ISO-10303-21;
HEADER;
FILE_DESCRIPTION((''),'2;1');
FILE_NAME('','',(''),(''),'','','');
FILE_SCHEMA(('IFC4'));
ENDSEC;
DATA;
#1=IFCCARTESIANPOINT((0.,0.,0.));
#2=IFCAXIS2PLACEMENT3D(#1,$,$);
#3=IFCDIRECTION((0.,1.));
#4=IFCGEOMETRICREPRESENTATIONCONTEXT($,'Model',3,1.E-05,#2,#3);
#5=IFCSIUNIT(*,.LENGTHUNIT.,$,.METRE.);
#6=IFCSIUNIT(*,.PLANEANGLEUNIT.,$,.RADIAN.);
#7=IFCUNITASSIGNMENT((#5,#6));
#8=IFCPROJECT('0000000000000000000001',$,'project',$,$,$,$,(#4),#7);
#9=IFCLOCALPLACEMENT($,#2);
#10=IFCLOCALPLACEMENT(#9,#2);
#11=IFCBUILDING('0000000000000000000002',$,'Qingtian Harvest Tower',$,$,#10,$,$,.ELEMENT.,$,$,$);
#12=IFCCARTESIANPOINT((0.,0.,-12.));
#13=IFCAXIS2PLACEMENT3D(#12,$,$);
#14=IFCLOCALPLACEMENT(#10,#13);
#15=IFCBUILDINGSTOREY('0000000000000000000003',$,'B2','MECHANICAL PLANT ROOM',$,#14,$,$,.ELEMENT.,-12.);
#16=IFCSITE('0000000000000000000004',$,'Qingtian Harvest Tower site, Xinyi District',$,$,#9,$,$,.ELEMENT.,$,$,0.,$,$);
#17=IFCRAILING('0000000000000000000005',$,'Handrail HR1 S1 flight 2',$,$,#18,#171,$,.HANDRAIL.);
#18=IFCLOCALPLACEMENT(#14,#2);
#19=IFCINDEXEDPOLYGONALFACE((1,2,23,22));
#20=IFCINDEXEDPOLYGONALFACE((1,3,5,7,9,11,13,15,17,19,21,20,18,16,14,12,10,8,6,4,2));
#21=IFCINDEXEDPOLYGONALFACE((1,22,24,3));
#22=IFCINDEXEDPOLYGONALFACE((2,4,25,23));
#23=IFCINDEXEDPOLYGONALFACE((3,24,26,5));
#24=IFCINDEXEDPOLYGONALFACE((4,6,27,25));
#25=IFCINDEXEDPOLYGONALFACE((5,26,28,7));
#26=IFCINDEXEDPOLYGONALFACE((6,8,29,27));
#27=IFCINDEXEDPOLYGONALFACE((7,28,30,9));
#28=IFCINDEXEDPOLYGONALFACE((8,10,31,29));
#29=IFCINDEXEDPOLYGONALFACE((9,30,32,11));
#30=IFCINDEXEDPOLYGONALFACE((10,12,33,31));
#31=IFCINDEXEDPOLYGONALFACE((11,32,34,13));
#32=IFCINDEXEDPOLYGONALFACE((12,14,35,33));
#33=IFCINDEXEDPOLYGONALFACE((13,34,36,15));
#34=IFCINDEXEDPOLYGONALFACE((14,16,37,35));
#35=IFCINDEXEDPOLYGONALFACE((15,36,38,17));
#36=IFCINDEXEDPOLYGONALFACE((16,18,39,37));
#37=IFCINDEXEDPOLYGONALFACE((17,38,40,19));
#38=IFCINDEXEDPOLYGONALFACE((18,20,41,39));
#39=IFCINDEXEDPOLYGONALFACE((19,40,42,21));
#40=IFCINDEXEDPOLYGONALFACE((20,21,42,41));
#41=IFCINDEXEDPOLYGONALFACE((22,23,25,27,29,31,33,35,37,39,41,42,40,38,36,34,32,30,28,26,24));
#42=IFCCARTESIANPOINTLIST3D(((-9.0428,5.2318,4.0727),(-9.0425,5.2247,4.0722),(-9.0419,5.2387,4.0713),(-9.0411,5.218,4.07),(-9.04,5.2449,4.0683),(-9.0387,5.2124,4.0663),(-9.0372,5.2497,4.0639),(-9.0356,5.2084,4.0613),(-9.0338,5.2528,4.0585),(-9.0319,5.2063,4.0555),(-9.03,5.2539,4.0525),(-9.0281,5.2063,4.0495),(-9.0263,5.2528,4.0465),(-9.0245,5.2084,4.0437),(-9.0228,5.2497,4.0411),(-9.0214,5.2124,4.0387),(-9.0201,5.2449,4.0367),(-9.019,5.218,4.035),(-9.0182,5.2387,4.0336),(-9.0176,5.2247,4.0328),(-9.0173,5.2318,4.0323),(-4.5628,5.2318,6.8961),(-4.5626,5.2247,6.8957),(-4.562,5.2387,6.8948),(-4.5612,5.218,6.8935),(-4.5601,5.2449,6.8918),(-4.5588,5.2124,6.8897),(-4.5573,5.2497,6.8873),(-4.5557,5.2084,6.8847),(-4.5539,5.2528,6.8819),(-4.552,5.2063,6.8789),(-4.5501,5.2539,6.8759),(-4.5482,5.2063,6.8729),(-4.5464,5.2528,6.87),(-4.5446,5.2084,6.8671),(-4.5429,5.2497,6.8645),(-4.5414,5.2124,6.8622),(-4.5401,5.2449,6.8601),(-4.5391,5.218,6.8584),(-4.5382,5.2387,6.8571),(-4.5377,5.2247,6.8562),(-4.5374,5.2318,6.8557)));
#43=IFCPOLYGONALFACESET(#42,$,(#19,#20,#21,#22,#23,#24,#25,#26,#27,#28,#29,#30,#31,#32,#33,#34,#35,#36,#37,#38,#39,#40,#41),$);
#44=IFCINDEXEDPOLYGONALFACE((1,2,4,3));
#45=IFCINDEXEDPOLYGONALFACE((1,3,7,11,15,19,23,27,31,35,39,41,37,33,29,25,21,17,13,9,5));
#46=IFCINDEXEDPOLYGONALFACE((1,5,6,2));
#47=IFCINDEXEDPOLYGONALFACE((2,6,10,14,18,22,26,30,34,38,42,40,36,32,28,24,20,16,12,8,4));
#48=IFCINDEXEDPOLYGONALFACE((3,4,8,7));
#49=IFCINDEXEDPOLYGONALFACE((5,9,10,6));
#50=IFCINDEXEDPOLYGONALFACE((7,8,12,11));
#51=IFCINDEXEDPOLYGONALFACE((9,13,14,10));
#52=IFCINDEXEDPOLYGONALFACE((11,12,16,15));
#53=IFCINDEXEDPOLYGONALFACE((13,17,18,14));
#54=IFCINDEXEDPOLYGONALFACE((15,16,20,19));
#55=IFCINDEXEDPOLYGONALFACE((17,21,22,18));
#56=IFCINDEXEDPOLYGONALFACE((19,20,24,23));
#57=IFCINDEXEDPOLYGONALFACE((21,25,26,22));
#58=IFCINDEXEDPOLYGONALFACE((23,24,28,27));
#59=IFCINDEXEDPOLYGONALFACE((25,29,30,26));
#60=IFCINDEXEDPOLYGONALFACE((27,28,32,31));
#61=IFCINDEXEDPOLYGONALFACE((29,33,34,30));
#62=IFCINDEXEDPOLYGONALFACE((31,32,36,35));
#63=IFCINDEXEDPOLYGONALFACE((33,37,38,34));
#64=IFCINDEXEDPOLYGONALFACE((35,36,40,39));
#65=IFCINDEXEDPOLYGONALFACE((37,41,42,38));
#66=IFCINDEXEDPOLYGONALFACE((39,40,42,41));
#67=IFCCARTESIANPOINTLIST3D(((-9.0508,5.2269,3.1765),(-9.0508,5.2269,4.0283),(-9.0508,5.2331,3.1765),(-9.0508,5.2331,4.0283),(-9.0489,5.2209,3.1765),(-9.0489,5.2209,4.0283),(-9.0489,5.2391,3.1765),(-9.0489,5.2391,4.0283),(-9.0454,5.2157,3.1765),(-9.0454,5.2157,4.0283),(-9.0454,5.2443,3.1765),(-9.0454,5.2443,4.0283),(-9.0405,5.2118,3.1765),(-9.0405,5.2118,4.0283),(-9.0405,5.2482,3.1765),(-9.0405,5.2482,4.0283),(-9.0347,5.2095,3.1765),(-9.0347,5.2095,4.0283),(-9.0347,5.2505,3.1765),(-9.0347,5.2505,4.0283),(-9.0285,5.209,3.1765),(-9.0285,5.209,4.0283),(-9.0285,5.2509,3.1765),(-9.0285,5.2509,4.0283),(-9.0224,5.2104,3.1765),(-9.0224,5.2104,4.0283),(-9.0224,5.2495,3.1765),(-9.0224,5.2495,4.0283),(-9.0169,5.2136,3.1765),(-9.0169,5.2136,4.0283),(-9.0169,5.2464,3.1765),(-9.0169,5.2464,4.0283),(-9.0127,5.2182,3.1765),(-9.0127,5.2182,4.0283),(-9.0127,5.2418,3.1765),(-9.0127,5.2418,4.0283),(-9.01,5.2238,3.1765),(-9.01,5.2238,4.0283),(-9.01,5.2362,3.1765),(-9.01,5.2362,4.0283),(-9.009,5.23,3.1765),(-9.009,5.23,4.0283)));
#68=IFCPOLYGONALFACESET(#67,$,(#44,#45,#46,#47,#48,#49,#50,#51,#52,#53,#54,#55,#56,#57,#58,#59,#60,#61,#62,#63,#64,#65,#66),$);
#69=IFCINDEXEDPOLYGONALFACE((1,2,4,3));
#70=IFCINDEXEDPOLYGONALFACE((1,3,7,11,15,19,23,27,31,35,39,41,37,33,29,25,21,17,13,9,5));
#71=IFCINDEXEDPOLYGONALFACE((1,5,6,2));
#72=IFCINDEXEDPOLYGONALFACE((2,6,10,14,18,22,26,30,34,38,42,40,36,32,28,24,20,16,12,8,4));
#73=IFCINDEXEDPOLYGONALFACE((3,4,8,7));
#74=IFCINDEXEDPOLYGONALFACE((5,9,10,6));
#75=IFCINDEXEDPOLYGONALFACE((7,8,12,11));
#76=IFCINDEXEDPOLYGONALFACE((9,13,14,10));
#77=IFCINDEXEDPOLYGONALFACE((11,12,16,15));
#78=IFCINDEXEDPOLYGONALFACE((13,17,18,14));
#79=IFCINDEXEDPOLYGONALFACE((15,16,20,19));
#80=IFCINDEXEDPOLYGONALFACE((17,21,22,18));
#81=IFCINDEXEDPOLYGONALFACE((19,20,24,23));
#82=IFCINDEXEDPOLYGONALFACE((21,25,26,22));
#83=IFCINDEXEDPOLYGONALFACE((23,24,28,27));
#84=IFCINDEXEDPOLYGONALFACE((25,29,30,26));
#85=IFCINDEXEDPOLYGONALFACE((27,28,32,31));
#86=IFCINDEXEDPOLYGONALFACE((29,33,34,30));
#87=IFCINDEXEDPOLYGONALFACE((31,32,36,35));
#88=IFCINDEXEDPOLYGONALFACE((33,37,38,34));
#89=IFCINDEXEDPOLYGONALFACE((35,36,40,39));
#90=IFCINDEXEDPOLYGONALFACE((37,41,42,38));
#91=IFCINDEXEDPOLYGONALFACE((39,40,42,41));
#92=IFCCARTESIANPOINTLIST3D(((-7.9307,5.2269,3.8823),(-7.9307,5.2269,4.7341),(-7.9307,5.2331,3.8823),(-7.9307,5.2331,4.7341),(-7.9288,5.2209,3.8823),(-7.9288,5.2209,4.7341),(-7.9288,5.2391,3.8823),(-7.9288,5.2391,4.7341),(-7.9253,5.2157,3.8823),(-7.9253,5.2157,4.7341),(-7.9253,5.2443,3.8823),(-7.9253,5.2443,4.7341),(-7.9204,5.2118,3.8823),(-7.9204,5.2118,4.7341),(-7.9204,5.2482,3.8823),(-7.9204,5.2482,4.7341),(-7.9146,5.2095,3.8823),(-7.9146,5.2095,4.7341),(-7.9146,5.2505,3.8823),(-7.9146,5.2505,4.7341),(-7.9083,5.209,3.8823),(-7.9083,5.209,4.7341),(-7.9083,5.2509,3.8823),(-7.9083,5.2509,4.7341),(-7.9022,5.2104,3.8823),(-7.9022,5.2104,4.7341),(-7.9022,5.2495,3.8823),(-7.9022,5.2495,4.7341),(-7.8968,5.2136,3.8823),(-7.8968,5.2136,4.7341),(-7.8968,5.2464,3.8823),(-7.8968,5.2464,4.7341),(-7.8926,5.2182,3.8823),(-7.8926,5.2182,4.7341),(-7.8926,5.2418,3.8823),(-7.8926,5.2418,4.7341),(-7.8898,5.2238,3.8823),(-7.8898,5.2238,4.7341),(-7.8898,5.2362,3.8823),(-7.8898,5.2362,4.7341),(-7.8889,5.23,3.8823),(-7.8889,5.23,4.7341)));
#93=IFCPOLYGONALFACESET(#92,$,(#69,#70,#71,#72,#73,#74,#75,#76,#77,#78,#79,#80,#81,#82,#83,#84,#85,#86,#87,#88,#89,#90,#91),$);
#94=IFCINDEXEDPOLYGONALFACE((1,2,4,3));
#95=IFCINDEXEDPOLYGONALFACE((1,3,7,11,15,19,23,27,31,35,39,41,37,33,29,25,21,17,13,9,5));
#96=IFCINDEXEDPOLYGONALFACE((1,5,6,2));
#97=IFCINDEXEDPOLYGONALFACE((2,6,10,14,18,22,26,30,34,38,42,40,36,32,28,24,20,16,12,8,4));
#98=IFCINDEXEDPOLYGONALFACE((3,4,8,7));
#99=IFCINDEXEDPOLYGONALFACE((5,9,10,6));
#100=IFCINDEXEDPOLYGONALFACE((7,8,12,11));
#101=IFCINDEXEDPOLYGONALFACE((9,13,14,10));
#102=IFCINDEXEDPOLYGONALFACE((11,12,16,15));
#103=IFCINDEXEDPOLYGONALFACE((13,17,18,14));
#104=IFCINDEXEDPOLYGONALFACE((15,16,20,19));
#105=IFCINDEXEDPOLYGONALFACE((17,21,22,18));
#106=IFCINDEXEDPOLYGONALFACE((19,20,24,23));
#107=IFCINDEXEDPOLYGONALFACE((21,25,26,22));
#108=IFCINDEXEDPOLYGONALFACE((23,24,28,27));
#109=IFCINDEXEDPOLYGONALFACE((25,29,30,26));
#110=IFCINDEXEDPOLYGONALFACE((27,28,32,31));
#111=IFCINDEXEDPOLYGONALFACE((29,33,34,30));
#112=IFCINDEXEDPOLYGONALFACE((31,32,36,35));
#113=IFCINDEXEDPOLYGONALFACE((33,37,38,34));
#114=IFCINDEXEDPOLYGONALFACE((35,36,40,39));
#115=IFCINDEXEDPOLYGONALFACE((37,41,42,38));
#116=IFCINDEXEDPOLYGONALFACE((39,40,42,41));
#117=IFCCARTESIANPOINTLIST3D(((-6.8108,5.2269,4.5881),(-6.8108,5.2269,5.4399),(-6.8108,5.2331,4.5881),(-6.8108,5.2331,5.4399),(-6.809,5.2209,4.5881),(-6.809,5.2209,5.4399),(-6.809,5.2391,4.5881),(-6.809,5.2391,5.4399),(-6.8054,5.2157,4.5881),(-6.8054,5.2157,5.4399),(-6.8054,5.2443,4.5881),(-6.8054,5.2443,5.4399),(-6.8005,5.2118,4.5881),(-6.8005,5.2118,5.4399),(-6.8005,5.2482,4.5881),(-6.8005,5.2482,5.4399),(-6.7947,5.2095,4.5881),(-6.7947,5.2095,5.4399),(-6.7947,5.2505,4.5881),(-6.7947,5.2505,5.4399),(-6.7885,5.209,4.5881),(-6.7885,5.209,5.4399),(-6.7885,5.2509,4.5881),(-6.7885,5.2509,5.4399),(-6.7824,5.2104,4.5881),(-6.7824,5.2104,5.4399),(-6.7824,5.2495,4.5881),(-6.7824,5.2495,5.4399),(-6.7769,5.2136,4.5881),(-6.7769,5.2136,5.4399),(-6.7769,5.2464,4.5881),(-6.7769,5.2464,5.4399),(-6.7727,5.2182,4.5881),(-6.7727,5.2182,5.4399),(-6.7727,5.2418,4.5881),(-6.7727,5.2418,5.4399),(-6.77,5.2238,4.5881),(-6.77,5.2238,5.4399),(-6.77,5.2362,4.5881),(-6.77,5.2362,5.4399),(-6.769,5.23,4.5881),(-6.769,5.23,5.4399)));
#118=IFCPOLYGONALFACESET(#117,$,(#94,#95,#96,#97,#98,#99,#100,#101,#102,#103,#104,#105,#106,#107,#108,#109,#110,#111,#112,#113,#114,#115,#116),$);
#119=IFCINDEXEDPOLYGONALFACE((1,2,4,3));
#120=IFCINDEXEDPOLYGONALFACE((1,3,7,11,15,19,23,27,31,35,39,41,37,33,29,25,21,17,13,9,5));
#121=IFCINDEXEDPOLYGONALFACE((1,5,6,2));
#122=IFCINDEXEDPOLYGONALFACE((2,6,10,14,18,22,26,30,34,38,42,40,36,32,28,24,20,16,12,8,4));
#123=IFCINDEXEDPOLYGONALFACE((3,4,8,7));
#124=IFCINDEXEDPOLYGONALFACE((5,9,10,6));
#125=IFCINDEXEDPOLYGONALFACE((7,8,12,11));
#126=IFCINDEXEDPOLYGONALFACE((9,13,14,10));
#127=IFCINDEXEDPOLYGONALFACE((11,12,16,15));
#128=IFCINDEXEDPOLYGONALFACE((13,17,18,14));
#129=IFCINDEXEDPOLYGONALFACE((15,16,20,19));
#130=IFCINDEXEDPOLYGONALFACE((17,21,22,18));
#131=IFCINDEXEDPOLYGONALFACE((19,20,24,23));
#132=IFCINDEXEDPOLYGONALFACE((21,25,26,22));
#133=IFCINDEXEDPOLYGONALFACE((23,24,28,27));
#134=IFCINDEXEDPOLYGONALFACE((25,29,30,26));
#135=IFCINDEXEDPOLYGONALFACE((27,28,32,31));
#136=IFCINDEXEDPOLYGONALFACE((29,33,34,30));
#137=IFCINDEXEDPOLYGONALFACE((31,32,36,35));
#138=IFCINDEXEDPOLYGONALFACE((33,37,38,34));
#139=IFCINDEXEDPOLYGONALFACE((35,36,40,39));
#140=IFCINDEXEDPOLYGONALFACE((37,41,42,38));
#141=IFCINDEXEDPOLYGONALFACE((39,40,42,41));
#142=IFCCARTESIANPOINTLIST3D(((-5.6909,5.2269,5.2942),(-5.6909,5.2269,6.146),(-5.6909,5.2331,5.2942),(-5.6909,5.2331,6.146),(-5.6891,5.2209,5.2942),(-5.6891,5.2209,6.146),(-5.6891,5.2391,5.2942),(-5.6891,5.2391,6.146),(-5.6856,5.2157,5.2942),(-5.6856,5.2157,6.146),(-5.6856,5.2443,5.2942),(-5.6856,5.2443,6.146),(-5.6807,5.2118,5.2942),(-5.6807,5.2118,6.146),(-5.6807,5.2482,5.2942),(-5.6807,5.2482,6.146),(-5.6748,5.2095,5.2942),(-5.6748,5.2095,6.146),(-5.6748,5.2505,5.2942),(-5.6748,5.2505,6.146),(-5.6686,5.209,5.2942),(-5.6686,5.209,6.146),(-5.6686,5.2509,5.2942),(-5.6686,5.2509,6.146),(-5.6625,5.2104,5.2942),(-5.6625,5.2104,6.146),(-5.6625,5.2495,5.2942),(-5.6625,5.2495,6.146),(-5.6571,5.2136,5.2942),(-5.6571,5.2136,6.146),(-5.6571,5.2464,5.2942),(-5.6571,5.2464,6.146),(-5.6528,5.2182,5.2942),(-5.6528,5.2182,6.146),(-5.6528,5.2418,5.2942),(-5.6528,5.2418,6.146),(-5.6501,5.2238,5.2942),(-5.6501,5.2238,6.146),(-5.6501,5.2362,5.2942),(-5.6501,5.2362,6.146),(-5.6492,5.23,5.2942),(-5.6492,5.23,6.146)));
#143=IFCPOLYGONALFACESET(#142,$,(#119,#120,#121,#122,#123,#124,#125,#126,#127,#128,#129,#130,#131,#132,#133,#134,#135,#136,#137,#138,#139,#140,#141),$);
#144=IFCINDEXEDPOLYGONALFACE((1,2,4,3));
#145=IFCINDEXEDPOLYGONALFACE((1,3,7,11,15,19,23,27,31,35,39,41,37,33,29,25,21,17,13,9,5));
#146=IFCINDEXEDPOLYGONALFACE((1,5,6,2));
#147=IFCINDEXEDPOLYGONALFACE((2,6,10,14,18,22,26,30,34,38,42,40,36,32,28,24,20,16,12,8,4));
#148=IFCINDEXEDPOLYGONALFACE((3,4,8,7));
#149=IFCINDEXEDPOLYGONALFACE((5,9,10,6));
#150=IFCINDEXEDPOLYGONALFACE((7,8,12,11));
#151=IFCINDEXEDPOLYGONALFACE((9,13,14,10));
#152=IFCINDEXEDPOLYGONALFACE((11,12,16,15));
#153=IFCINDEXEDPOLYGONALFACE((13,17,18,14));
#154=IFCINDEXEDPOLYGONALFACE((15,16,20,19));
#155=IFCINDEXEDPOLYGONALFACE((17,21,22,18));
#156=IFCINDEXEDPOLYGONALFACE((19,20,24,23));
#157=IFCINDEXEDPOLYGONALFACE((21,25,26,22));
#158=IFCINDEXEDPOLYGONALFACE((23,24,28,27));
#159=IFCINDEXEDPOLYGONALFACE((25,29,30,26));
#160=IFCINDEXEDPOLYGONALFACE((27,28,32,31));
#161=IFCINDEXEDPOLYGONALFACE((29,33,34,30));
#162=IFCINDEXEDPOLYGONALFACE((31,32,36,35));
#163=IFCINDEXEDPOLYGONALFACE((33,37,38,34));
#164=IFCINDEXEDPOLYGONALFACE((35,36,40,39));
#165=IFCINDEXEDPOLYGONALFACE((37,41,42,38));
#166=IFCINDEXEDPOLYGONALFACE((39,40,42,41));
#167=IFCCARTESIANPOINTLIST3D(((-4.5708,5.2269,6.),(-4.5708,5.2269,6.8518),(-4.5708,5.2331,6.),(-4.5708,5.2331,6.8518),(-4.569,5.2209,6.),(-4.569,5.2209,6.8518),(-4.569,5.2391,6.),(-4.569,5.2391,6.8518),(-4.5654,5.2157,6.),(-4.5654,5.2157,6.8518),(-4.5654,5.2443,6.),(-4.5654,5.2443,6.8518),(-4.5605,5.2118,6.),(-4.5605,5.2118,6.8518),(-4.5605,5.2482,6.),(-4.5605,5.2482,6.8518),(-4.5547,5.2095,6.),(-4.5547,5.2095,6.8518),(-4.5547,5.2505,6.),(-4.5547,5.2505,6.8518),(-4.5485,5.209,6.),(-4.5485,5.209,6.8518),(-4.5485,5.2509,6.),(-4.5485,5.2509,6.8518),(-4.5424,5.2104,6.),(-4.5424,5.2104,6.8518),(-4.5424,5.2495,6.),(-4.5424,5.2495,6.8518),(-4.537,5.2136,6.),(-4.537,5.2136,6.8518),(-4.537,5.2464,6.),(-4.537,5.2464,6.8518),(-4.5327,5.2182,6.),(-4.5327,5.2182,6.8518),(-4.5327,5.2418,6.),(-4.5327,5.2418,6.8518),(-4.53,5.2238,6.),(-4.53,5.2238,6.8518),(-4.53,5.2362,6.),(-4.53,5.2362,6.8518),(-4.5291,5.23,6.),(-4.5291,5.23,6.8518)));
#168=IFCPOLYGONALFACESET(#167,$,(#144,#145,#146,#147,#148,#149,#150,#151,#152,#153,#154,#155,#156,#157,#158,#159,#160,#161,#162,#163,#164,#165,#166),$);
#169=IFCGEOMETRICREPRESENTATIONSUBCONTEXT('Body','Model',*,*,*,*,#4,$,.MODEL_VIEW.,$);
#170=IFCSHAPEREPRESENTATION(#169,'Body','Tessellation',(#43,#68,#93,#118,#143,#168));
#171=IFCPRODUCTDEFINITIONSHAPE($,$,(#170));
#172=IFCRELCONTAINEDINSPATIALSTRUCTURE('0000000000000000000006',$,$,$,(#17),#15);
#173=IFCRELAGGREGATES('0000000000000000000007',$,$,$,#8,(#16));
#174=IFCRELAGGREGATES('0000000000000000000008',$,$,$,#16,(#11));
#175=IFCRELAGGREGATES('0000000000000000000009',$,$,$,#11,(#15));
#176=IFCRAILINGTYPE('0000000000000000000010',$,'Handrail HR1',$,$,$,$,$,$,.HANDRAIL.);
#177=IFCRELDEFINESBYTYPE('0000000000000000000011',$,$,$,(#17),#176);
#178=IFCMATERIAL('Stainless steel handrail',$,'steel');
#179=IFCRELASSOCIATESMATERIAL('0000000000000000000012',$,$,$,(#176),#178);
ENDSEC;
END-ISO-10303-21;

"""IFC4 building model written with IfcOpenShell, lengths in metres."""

from ifc_helpers import new_model, si_unit, direction, frame, origin, origin_2d, place, context, subcontext, project, spatial, circle, extrude, material, type_object, element, save


model = new_model("IFC4")

# Units and contexts
model_context = context("Model", 3, precision=1e-05, world=origin(), true_north=direction((0.0, 1.0)))
body_context = subcontext(model_context, "Body", "Model", "MODEL_VIEW")
ifc_project = project(units=[si_unit("LENGTHUNIT", "METRE"), si_unit("PLANEANGLEUNIT", "RADIAN")], contexts=[model_context])

# Site, building, storey
site_placement = place(None, origin())
site = spatial("IfcSite", under=ifc_project, at=site_placement, Name="Qingtian Harvest Tower site, Xinyi District", CompositionType="ELEMENT", RefElevation=0.0)
building_placement = place(site_placement, origin())
building = spatial("IfcBuilding", under=site, at=building_placement, Name="Qingtian Harvest Tower", CompositionType="ELEMENT")
storey_placement = place(building_placement, frame((0.0, 0.0, -12.0)))
storey = spatial("IfcBuildingStorey", under=building, at=storey_placement, Name="B2", Description="MECHANICAL PLANT ROOM", CompositionType="ELEMENT", Elevation=-12.0)

# Railing
ifc_material_1 = material(Name="Stainless steel handrail", Category="steel")
railing_type = type_object("IfcRailingType", Name="Handrail HR1", PredefinedType="HANDRAIL", material=ifc_material_1)
railing_placement = place(storey_placement, frame((-9.03, 5.23, 3.1765)))
element("IfcRailing", 1, at=railing_placement, inside=storey, type_object=railing_type, Name="Handrail HR1 S1 flight 2", PredefinedType="HANDRAIL", context=body_context, shape_type="SweptSolid", body=[
    extrude(circle(Radius=0.0239, at=origin_2d()), frame((0.0, 0.0, 0.876), z_axis=(0.845998, 0.0, 0.533186), x_axis=(0.0, 1.0, 0.0)), (0.0, 0.0, 1.0), 5.2954),
    extrude(circle(Radius=0.021, at=origin_2d()), origin(), (0.0, 0.0, 1.0), 0.8518),
    extrude(circle(Radius=0.021, at=origin_2d()), frame((1.1201, 0.0, 0.7058)), (0.0, 0.0, 1.0), 0.8518),
    extrude(circle(Radius=0.021, at=origin_2d()), frame((2.24, 0.0, 1.4116)), (0.0, 0.0, 1.0), 0.8518),
    extrude(circle(Radius=0.021, at=origin_2d()), frame((3.3599, 0.0, 2.1177)), (0.0, 0.0, 1.0), 0.8518),
    extrude(circle(Radius=0.021, at=origin_2d()), frame((4.48, 0.0, 2.8235)), (0.0, 0.0, 1.0), 0.8518),
])

save(model, "model.ifc")
